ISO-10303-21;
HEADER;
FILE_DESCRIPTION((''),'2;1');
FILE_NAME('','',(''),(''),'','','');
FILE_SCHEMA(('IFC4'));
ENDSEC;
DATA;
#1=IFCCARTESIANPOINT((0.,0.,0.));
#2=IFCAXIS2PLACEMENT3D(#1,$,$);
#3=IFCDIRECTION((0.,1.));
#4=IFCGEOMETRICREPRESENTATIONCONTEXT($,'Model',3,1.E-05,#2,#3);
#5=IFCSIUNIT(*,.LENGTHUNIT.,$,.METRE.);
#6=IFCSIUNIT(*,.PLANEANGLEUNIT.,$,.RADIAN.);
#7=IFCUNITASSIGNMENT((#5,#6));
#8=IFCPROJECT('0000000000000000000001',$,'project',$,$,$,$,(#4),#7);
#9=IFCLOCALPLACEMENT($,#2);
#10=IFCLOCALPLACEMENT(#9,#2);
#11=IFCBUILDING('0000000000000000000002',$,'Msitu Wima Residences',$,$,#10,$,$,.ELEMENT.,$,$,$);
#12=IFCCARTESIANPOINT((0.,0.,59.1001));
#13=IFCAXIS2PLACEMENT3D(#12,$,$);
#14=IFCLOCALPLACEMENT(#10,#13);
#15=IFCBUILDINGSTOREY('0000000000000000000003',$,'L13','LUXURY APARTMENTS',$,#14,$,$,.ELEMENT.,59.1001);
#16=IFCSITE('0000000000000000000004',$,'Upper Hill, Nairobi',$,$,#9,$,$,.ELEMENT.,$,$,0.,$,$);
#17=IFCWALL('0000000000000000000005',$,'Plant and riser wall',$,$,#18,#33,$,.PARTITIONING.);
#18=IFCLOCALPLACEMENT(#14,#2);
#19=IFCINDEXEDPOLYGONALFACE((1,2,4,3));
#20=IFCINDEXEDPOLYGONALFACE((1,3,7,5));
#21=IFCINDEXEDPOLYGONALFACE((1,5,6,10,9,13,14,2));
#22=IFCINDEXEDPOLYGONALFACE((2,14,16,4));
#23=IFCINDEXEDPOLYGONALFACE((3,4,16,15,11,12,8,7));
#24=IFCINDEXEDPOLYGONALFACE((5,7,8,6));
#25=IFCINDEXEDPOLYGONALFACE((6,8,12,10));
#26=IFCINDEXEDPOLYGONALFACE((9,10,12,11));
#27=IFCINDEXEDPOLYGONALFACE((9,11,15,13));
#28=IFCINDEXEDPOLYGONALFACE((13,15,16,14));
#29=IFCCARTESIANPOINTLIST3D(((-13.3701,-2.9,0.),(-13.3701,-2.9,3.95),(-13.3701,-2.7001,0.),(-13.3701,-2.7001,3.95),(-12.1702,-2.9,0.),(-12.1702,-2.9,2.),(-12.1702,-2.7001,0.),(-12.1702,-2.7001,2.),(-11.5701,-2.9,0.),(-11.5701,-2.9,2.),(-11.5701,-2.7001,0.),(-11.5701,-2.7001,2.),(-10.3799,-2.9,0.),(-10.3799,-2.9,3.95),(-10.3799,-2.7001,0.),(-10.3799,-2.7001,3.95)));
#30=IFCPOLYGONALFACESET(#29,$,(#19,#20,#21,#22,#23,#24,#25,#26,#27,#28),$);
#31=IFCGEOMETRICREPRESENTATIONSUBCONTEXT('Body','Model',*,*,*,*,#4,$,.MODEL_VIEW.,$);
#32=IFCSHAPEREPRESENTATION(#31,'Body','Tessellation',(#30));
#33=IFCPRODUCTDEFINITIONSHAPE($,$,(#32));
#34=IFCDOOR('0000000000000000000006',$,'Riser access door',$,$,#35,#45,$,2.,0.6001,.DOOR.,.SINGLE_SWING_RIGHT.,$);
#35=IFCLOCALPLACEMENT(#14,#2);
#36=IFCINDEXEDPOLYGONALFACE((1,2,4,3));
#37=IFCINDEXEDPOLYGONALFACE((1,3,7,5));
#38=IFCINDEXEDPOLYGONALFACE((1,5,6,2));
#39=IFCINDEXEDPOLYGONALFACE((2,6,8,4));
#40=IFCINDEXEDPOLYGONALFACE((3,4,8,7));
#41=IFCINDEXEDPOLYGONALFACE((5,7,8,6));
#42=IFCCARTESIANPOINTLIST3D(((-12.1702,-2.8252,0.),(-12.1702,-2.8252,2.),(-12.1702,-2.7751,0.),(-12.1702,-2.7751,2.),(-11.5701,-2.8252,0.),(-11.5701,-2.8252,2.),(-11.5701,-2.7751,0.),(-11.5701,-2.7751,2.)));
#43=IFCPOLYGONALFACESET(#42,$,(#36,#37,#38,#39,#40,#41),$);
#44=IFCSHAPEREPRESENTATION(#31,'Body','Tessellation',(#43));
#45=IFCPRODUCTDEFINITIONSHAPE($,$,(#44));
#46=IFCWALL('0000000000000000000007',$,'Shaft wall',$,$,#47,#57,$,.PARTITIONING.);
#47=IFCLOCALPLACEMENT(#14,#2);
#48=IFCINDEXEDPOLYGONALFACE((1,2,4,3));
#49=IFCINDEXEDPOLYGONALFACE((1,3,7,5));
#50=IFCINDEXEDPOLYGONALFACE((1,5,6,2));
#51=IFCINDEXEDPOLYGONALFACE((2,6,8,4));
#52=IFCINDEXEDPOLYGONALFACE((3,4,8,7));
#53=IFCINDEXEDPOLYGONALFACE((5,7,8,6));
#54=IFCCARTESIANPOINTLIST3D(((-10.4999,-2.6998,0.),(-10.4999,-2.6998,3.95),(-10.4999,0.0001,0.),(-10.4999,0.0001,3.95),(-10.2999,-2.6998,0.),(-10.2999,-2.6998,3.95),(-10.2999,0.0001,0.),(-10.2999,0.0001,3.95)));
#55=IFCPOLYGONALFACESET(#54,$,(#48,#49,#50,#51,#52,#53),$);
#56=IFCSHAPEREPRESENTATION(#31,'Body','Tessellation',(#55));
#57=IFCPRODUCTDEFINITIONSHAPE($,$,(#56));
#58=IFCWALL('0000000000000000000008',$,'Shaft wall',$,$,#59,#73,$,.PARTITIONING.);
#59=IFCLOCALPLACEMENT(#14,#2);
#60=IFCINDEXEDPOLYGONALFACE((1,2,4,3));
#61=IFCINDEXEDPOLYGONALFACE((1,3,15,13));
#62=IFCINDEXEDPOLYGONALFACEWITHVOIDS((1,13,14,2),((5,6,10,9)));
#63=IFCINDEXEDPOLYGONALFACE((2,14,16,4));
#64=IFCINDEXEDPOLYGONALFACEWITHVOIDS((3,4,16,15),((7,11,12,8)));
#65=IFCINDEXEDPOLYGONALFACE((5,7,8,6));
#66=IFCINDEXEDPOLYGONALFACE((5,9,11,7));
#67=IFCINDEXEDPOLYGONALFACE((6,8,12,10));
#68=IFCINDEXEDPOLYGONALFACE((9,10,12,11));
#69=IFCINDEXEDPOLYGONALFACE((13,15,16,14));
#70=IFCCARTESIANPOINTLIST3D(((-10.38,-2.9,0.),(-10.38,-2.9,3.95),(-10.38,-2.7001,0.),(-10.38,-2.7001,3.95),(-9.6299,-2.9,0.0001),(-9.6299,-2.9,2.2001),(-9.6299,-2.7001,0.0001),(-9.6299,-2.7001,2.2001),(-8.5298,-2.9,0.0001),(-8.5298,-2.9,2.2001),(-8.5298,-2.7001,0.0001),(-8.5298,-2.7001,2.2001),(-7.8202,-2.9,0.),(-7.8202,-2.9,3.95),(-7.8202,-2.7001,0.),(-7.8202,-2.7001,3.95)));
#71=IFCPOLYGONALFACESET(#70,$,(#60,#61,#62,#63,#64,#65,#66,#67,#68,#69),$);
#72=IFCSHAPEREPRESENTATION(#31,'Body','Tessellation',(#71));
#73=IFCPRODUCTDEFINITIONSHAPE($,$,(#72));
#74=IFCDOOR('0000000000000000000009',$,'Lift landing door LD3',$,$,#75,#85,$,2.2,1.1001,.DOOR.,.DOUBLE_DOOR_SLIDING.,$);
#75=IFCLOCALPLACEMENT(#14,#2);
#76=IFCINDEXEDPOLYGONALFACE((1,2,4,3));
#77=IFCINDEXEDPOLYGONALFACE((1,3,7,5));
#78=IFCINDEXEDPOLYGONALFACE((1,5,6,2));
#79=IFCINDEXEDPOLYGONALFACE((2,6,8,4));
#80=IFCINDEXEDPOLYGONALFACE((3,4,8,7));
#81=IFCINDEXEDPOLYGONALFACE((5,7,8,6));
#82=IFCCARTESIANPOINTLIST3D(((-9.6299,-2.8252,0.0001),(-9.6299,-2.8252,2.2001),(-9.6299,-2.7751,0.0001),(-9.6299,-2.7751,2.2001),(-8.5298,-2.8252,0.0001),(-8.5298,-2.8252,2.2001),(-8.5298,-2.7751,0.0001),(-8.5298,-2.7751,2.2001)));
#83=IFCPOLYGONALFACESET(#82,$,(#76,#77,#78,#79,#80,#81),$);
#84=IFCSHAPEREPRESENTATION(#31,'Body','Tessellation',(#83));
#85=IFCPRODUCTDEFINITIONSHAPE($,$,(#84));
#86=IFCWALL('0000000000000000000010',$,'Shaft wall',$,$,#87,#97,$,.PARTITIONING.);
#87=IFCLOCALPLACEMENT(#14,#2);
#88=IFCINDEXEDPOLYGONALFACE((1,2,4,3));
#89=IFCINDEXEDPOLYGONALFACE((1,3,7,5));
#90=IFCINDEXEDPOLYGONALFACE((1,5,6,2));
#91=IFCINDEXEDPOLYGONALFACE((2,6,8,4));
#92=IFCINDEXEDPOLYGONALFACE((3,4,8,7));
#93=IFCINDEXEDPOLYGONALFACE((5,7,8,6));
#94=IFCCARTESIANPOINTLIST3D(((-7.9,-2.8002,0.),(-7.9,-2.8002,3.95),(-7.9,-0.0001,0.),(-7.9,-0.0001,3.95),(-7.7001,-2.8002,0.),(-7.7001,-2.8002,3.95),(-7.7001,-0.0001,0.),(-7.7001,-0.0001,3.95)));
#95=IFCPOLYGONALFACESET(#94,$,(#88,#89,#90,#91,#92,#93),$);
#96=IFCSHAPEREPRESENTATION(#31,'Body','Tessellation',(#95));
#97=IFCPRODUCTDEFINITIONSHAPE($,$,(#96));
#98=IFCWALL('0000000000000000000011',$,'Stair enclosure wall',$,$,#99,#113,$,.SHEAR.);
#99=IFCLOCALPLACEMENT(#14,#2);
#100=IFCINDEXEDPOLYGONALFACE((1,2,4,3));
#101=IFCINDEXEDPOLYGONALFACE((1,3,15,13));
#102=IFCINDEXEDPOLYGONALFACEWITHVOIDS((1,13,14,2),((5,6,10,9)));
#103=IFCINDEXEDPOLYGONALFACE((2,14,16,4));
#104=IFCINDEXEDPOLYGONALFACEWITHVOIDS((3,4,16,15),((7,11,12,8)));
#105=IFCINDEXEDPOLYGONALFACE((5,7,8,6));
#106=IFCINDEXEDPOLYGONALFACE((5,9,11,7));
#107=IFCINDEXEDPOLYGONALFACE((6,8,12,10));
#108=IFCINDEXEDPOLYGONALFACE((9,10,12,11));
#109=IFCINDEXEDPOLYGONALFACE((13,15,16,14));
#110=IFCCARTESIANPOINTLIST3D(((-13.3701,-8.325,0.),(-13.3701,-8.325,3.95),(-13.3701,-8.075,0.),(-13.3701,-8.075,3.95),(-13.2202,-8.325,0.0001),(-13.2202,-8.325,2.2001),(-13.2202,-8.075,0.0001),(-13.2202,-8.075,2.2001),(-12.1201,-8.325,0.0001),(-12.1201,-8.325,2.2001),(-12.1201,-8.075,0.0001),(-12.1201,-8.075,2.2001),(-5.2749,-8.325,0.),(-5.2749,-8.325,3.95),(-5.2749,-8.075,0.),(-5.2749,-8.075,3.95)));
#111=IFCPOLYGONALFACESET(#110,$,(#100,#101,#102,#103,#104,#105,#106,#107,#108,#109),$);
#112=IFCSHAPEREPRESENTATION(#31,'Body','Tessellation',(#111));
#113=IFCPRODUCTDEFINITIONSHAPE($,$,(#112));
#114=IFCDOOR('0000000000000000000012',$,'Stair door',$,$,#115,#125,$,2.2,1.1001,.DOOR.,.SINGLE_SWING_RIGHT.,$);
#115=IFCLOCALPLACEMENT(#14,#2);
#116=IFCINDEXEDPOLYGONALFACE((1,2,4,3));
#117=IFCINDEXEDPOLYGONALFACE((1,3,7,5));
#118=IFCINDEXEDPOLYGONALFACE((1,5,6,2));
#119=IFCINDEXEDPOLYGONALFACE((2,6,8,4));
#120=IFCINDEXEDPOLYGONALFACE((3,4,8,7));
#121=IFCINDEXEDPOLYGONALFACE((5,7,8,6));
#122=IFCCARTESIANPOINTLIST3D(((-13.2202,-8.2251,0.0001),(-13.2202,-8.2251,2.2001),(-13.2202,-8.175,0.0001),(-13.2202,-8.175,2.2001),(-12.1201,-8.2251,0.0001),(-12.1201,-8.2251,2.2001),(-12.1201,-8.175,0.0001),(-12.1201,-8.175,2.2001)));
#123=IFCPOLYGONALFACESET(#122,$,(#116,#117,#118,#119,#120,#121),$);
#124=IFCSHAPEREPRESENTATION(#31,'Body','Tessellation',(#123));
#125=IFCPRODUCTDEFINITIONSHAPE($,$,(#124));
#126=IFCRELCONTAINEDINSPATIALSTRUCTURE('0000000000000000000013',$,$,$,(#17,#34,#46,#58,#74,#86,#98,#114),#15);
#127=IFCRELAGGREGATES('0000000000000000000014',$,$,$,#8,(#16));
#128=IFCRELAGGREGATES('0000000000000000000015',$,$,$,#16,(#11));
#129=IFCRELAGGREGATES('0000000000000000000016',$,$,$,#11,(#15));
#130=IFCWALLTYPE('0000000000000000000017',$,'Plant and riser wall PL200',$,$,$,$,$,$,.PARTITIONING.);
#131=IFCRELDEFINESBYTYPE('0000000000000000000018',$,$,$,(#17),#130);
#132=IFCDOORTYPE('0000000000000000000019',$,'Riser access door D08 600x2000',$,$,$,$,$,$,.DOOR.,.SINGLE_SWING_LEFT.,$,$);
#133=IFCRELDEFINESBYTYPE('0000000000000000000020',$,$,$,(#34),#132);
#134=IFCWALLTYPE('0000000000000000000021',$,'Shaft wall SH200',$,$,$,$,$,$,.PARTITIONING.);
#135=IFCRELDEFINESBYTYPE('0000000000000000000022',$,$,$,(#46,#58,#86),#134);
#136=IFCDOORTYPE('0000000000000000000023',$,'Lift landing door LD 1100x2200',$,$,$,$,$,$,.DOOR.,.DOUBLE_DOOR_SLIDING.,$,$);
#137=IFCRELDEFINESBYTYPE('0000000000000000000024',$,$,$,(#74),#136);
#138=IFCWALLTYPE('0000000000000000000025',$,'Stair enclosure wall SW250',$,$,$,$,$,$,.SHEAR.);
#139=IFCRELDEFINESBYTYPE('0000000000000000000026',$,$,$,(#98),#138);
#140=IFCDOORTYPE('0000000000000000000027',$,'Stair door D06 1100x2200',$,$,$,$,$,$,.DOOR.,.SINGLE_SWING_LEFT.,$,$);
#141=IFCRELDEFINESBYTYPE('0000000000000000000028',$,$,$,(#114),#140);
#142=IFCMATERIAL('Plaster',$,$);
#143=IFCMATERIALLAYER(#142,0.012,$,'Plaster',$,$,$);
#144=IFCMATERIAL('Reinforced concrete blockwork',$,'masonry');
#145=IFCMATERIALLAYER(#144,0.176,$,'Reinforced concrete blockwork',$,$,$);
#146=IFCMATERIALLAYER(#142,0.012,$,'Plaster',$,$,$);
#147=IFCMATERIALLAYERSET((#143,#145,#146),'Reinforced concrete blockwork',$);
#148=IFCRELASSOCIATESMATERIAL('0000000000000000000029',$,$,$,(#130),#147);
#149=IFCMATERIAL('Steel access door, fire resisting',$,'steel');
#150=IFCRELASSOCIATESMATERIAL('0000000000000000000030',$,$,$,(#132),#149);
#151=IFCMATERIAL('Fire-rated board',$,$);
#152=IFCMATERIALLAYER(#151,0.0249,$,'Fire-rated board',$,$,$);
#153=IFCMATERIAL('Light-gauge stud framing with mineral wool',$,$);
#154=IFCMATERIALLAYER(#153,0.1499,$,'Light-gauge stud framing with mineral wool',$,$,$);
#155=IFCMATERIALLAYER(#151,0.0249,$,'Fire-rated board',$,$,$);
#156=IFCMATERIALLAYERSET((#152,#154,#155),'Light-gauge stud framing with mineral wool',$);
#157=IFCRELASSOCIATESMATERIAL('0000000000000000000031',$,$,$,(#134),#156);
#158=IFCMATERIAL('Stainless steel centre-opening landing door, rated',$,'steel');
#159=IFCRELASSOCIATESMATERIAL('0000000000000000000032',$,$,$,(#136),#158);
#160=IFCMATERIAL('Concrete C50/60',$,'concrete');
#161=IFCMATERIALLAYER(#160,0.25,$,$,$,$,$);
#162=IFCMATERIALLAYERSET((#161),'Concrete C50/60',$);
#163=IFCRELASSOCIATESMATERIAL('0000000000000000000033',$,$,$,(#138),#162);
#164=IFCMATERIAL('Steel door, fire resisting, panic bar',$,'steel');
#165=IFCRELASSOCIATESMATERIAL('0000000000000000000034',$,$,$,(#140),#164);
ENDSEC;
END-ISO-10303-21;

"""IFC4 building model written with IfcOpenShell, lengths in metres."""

from ifc_helpers import new_model, si_unit, direction, frame, frame_2d, origin, place, context, subcontext, project, spatial, rectangle, extrude, material, layer, layer_set, type_object, element, fill, save


model = new_model("IFC4")

# Units and contexts
model_context = context("Model", 3, precision=1e-05, world=origin(), true_north=direction((0.0, 1.0)))
body_context = subcontext(model_context, "Body", "Model", "MODEL_VIEW")
ifc_project = project(units=[si_unit("LENGTHUNIT", "METRE"), si_unit("PLANEANGLEUNIT", "RADIAN")], contexts=[model_context])

# Site, building, storey
site_placement = place(None, origin())
site = spatial("IfcSite", under=ifc_project, at=site_placement, Name="Upper Hill, Nairobi", CompositionType="ELEMENT", RefElevation=0.0)
building_placement = place(site_placement, origin())
building = spatial("IfcBuilding", under=site, at=building_placement, Name="Msitu Wima Residences", CompositionType="ELEMENT")
storey_placement = place(building_placement, frame((0.0, 0.0, 59.1001)))
storey = spatial("IfcBuildingStorey", under=building, at=storey_placement, Name="L13", Description="LUXURY APARTMENTS", CompositionType="ELEMENT", Elevation=59.1001)

# Shared definitions
ifc_material_1 = material(Name="Plaster")

# Wall, opening, door
ifc_layer_1 = layer(ifc_material_1, 0.012, Name="Plaster")
ifc_material_2 = material(Name="Reinforced concrete blockwork", Category="masonry")
ifc_layer_2 = layer(ifc_material_2, 0.176, Name="Reinforced concrete blockwork")
ifc_layer_3 = layer(ifc_material_1, 0.012, Name="Plaster")
ifc_layer_set_1 = layer_set([ifc_layer_1, ifc_layer_2, ifc_layer_3], Name="Reinforced concrete blockwork")
wall_type_1 = type_object("IfcWallType", Name="Plant and riser wall PL200", PredefinedType="PARTITIONING", material=ifc_layer_set_1)
wall_1_placement = place(storey_placement, frame((-13.3701, -2.8, 0.0), z_axis=(0.0, 0.0, 1.0), x_axis=(1.0, 0.0, 0.0)))
wall_1 = element("IfcWall", 1, at=wall_1_placement, inside=storey, type_object=wall_type_1, Name="Plant and riser wall", PredefinedType="PARTITIONING", context=body_context, shape_type="SweptSolid", body=[
    extrude(rectangle(XDim=2.9902, YDim=0.2, at=frame_2d((1.4951, 0.0))), origin(), (0.0, 0.0, 1.0), 3.95),
])
opening_1_placement = place(wall_1_placement, frame((1.2, 0.0, 0.0)))
opening_1 = element("IfcOpeningElement", 2, at=opening_1_placement, cuts=wall_1, PredefinedType="OPENING", context=body_context, shape_type="SweptSolid", body=[
    extrude(rectangle(XDim=0.6001, YDim=2.0, at=frame_2d((0.3, 1.0))), frame((0.0, 0.1099, 0.0), z_axis=(0.0, -1.0, 0.0), x_axis=(1.0, 0.0, 0.0)), (0.0, 0.0, 1.0), 0.22),
])
ifc_material_3 = material(Name="Steel access door, fire resisting", Category="steel")
door_type_1 = type_object("IfcDoorType", Name="Riser access door D08 600x2000", OperationType="SINGLE_SWING_LEFT", PredefinedType="DOOR", material=ifc_material_3)
door_1_placement = place(opening_1_placement, origin())
door_1 = element("IfcDoor", 3, at=door_1_placement, inside=storey, type_object=door_type_1, Name="Riser access door", OperationType="SINGLE_SWING_RIGHT", OverallHeight=2.0, OverallWidth=0.6001, PredefinedType="DOOR", context=body_context, shape_type="SweptSolid", body=[
    extrude(rectangle(XDim=0.6001, YDim=2.0, at=frame_2d((0.3, 1.0))), frame((0.0, 0.0249, 0.0), z_axis=(0.0, -1.0, 0.0), x_axis=(1.0, 0.0, 0.0)), (0.0, 0.0, 1.0), 0.05),
])
fill(opening_1, door_1)

# Wall
ifc_material_4 = material(Name="Fire-rated board")
ifc_layer_4 = layer(ifc_material_4, 0.0249, Name="Fire-rated board")
ifc_material_5 = material(Name="Light-gauge stud framing with mineral wool")
ifc_layer_5 = layer(ifc_material_5, 0.1499, Name="Light-gauge stud framing with mineral wool")
ifc_layer_6 = layer(ifc_material_4, 0.0249, Name="Fire-rated board")
ifc_layer_set_2 = layer_set([ifc_layer_4, ifc_layer_5, ifc_layer_6], Name="Light-gauge stud framing with mineral wool")
wall_type_2 = type_object("IfcWallType", Name="Shaft wall SH200", PredefinedType="PARTITIONING", material=ifc_layer_set_2)
wall_2_placement = place(storey_placement, frame((-10.3999, -2.7, 0.0), z_axis=(0.0, 0.0, 1.0), x_axis=(0.0, 1.0, 0.0)))
element("IfcWall", 4, at=wall_2_placement, inside=storey, type_object=wall_type_2, Name="Shaft wall", PredefinedType="PARTITIONING", context=body_context, shape_type="SweptSolid", body=[
    extrude(rectangle(XDim=2.7, YDim=0.2, at=frame_2d((1.3501, 0.0))), origin(), (0.0, 0.0, 1.0), 3.95),
])

# Wall, opening, door
wall_3_placement = place(storey_placement, frame((-10.3799, -2.8, 0.0), z_axis=(0.0, 0.0, 1.0), x_axis=(1.0, 0.0, 0.0)))
wall_3 = element("IfcWall", 5, at=wall_3_placement, inside=storey, type_object=wall_type_2, Name="Shaft wall", PredefinedType="PARTITIONING", context=body_context, shape_type="SweptSolid", body=[
    extrude(rectangle(XDim=2.5598, YDim=0.2, at=frame_2d((1.2798, 0.0))), origin(), (0.0, 0.0, 1.0), 3.95),
])
opening_2_placement = place(wall_3_placement, frame((0.75, 0.0, 0.0)))
opening_2 = element("IfcOpeningElement", 6, at=opening_2_placement, cuts=wall_3, PredefinedType="OPENING", context=body_context, shape_type="SweptSolid", body=[
    extrude(rectangle(XDim=1.1001, YDim=2.2, at=frame_2d((0.55, 1.1001))), frame((0.0, 0.1099, 0.0), z_axis=(0.0, -1.0, 0.0), x_axis=(1.0, 0.0, 0.0)), (0.0, 0.0, 1.0), 0.22),
])
ifc_material_6 = material(Name="Stainless steel centre-opening landing door, rated", Category="steel")
door_type_2 = type_object("IfcDoorType", Name="Lift landing door LD 1100x2200", OperationType="DOUBLE_DOOR_SLIDING", PredefinedType="DOOR", material=ifc_material_6)
door_2_placement = place(opening_2_placement, origin())
door_2 = element("IfcDoor", 7, at=door_2_placement, inside=storey, type_object=door_type_2, Name="Lift landing door LD3", OperationType="DOUBLE_DOOR_SLIDING", OverallHeight=2.2, OverallWidth=1.1001, PredefinedType="DOOR", context=body_context, shape_type="SweptSolid", body=[
    extrude(rectangle(XDim=1.1001, YDim=2.2, at=frame_2d((0.55, 1.1001))), frame((0.0, 0.0249, 0.0), z_axis=(0.0, -1.0, 0.0), x_axis=(1.0, 0.0, 0.0)), (0.0, 0.0, 1.0), 0.05),
])
fill(opening_2, door_2)

# Wall
wall_4_placement = place(storey_placement, frame((-7.8, -2.8, 0.0), z_axis=(0.0, 0.0, 1.0), x_axis=(0.0, 1.0, 0.0)))
element("IfcWall", 8, at=wall_4_placement, inside=storey, type_object=wall_type_2, Name="Shaft wall", PredefinedType="PARTITIONING", context=body_context, shape_type="SweptSolid", body=[
    extrude(rectangle(XDim=2.8, YDim=0.2, at=frame_2d((1.3999, 0.0))), origin(), (0.0, 0.0, 1.0), 3.95),
])

# Wall, opening, door
ifc_material_7 = material(Name="Concrete C50/60", Category="concrete")
ifc_layer_7 = layer(ifc_material_7, 0.25)
ifc_layer_set_3 = layer_set([ifc_layer_7], Name="Concrete C50/60")
wall_type_3 = type_object("IfcWallType", Name="Stair enclosure wall SW250", PredefinedType="SHEAR", material=ifc_layer_set_3)
wall_5_placement = place(storey_placement, frame((-13.3701, -8.2, 0.0), z_axis=(0.0, 0.0, 1.0), x_axis=(1.0, 0.0, 0.0)))
wall_5 = element("IfcWall", 9, at=wall_5_placement, inside=storey, type_object=wall_type_3, Name="Stair enclosure wall", PredefinedType="SHEAR", context=body_context, shape_type="SweptSolid", body=[
    extrude(rectangle(XDim=8.0952, YDim=0.25, at=frame_2d((4.0476, 0.0))), origin(), (0.0, 0.0, 1.0), 3.95),
])
opening_3_placement = place(wall_5_placement, frame((0.1499, 0.0, 0.0)))
opening_3 = element("IfcOpeningElement", 10, at=opening_3_placement, cuts=wall_5, PredefinedType="OPENING", context=body_context, shape_type="SweptSolid", body=[
    extrude(rectangle(XDim=1.1001, YDim=2.2, at=frame_2d((0.55, 1.1001))), frame((0.0, 0.135, 0.0), z_axis=(0.0, -1.0, 0.0), x_axis=(1.0, 0.0, 0.0)), (0.0, 0.0, 1.0), 0.27),
])
ifc_material_8 = material(Name="Steel door, fire resisting, panic bar", Category="steel")
door_type_3 = type_object("IfcDoorType", Name="Stair door D06 1100x2200", OperationType="SINGLE_SWING_LEFT", PredefinedType="DOOR", material=ifc_material_8)
door_3_placement = place(opening_3_placement, origin())
door_3 = element("IfcDoor", 11, at=door_3_placement, inside=storey, type_object=door_type_3, Name="Stair door", OperationType="SINGLE_SWING_RIGHT", OverallHeight=2.2, OverallWidth=1.1001, PredefinedType="DOOR", context=body_context, shape_type="SweptSolid", body=[
    extrude(rectangle(XDim=1.1001, YDim=2.2, at=frame_2d((0.55, 1.1001))), frame((0.0, 0.0249, 0.0), z_axis=(0.0, -1.0, 0.0), x_axis=(1.0, 0.0, 0.0)), (0.0, 0.0, 1.0), 0.05),
])
fill(opening_3, door_3)

save(model, "model.ifc")
